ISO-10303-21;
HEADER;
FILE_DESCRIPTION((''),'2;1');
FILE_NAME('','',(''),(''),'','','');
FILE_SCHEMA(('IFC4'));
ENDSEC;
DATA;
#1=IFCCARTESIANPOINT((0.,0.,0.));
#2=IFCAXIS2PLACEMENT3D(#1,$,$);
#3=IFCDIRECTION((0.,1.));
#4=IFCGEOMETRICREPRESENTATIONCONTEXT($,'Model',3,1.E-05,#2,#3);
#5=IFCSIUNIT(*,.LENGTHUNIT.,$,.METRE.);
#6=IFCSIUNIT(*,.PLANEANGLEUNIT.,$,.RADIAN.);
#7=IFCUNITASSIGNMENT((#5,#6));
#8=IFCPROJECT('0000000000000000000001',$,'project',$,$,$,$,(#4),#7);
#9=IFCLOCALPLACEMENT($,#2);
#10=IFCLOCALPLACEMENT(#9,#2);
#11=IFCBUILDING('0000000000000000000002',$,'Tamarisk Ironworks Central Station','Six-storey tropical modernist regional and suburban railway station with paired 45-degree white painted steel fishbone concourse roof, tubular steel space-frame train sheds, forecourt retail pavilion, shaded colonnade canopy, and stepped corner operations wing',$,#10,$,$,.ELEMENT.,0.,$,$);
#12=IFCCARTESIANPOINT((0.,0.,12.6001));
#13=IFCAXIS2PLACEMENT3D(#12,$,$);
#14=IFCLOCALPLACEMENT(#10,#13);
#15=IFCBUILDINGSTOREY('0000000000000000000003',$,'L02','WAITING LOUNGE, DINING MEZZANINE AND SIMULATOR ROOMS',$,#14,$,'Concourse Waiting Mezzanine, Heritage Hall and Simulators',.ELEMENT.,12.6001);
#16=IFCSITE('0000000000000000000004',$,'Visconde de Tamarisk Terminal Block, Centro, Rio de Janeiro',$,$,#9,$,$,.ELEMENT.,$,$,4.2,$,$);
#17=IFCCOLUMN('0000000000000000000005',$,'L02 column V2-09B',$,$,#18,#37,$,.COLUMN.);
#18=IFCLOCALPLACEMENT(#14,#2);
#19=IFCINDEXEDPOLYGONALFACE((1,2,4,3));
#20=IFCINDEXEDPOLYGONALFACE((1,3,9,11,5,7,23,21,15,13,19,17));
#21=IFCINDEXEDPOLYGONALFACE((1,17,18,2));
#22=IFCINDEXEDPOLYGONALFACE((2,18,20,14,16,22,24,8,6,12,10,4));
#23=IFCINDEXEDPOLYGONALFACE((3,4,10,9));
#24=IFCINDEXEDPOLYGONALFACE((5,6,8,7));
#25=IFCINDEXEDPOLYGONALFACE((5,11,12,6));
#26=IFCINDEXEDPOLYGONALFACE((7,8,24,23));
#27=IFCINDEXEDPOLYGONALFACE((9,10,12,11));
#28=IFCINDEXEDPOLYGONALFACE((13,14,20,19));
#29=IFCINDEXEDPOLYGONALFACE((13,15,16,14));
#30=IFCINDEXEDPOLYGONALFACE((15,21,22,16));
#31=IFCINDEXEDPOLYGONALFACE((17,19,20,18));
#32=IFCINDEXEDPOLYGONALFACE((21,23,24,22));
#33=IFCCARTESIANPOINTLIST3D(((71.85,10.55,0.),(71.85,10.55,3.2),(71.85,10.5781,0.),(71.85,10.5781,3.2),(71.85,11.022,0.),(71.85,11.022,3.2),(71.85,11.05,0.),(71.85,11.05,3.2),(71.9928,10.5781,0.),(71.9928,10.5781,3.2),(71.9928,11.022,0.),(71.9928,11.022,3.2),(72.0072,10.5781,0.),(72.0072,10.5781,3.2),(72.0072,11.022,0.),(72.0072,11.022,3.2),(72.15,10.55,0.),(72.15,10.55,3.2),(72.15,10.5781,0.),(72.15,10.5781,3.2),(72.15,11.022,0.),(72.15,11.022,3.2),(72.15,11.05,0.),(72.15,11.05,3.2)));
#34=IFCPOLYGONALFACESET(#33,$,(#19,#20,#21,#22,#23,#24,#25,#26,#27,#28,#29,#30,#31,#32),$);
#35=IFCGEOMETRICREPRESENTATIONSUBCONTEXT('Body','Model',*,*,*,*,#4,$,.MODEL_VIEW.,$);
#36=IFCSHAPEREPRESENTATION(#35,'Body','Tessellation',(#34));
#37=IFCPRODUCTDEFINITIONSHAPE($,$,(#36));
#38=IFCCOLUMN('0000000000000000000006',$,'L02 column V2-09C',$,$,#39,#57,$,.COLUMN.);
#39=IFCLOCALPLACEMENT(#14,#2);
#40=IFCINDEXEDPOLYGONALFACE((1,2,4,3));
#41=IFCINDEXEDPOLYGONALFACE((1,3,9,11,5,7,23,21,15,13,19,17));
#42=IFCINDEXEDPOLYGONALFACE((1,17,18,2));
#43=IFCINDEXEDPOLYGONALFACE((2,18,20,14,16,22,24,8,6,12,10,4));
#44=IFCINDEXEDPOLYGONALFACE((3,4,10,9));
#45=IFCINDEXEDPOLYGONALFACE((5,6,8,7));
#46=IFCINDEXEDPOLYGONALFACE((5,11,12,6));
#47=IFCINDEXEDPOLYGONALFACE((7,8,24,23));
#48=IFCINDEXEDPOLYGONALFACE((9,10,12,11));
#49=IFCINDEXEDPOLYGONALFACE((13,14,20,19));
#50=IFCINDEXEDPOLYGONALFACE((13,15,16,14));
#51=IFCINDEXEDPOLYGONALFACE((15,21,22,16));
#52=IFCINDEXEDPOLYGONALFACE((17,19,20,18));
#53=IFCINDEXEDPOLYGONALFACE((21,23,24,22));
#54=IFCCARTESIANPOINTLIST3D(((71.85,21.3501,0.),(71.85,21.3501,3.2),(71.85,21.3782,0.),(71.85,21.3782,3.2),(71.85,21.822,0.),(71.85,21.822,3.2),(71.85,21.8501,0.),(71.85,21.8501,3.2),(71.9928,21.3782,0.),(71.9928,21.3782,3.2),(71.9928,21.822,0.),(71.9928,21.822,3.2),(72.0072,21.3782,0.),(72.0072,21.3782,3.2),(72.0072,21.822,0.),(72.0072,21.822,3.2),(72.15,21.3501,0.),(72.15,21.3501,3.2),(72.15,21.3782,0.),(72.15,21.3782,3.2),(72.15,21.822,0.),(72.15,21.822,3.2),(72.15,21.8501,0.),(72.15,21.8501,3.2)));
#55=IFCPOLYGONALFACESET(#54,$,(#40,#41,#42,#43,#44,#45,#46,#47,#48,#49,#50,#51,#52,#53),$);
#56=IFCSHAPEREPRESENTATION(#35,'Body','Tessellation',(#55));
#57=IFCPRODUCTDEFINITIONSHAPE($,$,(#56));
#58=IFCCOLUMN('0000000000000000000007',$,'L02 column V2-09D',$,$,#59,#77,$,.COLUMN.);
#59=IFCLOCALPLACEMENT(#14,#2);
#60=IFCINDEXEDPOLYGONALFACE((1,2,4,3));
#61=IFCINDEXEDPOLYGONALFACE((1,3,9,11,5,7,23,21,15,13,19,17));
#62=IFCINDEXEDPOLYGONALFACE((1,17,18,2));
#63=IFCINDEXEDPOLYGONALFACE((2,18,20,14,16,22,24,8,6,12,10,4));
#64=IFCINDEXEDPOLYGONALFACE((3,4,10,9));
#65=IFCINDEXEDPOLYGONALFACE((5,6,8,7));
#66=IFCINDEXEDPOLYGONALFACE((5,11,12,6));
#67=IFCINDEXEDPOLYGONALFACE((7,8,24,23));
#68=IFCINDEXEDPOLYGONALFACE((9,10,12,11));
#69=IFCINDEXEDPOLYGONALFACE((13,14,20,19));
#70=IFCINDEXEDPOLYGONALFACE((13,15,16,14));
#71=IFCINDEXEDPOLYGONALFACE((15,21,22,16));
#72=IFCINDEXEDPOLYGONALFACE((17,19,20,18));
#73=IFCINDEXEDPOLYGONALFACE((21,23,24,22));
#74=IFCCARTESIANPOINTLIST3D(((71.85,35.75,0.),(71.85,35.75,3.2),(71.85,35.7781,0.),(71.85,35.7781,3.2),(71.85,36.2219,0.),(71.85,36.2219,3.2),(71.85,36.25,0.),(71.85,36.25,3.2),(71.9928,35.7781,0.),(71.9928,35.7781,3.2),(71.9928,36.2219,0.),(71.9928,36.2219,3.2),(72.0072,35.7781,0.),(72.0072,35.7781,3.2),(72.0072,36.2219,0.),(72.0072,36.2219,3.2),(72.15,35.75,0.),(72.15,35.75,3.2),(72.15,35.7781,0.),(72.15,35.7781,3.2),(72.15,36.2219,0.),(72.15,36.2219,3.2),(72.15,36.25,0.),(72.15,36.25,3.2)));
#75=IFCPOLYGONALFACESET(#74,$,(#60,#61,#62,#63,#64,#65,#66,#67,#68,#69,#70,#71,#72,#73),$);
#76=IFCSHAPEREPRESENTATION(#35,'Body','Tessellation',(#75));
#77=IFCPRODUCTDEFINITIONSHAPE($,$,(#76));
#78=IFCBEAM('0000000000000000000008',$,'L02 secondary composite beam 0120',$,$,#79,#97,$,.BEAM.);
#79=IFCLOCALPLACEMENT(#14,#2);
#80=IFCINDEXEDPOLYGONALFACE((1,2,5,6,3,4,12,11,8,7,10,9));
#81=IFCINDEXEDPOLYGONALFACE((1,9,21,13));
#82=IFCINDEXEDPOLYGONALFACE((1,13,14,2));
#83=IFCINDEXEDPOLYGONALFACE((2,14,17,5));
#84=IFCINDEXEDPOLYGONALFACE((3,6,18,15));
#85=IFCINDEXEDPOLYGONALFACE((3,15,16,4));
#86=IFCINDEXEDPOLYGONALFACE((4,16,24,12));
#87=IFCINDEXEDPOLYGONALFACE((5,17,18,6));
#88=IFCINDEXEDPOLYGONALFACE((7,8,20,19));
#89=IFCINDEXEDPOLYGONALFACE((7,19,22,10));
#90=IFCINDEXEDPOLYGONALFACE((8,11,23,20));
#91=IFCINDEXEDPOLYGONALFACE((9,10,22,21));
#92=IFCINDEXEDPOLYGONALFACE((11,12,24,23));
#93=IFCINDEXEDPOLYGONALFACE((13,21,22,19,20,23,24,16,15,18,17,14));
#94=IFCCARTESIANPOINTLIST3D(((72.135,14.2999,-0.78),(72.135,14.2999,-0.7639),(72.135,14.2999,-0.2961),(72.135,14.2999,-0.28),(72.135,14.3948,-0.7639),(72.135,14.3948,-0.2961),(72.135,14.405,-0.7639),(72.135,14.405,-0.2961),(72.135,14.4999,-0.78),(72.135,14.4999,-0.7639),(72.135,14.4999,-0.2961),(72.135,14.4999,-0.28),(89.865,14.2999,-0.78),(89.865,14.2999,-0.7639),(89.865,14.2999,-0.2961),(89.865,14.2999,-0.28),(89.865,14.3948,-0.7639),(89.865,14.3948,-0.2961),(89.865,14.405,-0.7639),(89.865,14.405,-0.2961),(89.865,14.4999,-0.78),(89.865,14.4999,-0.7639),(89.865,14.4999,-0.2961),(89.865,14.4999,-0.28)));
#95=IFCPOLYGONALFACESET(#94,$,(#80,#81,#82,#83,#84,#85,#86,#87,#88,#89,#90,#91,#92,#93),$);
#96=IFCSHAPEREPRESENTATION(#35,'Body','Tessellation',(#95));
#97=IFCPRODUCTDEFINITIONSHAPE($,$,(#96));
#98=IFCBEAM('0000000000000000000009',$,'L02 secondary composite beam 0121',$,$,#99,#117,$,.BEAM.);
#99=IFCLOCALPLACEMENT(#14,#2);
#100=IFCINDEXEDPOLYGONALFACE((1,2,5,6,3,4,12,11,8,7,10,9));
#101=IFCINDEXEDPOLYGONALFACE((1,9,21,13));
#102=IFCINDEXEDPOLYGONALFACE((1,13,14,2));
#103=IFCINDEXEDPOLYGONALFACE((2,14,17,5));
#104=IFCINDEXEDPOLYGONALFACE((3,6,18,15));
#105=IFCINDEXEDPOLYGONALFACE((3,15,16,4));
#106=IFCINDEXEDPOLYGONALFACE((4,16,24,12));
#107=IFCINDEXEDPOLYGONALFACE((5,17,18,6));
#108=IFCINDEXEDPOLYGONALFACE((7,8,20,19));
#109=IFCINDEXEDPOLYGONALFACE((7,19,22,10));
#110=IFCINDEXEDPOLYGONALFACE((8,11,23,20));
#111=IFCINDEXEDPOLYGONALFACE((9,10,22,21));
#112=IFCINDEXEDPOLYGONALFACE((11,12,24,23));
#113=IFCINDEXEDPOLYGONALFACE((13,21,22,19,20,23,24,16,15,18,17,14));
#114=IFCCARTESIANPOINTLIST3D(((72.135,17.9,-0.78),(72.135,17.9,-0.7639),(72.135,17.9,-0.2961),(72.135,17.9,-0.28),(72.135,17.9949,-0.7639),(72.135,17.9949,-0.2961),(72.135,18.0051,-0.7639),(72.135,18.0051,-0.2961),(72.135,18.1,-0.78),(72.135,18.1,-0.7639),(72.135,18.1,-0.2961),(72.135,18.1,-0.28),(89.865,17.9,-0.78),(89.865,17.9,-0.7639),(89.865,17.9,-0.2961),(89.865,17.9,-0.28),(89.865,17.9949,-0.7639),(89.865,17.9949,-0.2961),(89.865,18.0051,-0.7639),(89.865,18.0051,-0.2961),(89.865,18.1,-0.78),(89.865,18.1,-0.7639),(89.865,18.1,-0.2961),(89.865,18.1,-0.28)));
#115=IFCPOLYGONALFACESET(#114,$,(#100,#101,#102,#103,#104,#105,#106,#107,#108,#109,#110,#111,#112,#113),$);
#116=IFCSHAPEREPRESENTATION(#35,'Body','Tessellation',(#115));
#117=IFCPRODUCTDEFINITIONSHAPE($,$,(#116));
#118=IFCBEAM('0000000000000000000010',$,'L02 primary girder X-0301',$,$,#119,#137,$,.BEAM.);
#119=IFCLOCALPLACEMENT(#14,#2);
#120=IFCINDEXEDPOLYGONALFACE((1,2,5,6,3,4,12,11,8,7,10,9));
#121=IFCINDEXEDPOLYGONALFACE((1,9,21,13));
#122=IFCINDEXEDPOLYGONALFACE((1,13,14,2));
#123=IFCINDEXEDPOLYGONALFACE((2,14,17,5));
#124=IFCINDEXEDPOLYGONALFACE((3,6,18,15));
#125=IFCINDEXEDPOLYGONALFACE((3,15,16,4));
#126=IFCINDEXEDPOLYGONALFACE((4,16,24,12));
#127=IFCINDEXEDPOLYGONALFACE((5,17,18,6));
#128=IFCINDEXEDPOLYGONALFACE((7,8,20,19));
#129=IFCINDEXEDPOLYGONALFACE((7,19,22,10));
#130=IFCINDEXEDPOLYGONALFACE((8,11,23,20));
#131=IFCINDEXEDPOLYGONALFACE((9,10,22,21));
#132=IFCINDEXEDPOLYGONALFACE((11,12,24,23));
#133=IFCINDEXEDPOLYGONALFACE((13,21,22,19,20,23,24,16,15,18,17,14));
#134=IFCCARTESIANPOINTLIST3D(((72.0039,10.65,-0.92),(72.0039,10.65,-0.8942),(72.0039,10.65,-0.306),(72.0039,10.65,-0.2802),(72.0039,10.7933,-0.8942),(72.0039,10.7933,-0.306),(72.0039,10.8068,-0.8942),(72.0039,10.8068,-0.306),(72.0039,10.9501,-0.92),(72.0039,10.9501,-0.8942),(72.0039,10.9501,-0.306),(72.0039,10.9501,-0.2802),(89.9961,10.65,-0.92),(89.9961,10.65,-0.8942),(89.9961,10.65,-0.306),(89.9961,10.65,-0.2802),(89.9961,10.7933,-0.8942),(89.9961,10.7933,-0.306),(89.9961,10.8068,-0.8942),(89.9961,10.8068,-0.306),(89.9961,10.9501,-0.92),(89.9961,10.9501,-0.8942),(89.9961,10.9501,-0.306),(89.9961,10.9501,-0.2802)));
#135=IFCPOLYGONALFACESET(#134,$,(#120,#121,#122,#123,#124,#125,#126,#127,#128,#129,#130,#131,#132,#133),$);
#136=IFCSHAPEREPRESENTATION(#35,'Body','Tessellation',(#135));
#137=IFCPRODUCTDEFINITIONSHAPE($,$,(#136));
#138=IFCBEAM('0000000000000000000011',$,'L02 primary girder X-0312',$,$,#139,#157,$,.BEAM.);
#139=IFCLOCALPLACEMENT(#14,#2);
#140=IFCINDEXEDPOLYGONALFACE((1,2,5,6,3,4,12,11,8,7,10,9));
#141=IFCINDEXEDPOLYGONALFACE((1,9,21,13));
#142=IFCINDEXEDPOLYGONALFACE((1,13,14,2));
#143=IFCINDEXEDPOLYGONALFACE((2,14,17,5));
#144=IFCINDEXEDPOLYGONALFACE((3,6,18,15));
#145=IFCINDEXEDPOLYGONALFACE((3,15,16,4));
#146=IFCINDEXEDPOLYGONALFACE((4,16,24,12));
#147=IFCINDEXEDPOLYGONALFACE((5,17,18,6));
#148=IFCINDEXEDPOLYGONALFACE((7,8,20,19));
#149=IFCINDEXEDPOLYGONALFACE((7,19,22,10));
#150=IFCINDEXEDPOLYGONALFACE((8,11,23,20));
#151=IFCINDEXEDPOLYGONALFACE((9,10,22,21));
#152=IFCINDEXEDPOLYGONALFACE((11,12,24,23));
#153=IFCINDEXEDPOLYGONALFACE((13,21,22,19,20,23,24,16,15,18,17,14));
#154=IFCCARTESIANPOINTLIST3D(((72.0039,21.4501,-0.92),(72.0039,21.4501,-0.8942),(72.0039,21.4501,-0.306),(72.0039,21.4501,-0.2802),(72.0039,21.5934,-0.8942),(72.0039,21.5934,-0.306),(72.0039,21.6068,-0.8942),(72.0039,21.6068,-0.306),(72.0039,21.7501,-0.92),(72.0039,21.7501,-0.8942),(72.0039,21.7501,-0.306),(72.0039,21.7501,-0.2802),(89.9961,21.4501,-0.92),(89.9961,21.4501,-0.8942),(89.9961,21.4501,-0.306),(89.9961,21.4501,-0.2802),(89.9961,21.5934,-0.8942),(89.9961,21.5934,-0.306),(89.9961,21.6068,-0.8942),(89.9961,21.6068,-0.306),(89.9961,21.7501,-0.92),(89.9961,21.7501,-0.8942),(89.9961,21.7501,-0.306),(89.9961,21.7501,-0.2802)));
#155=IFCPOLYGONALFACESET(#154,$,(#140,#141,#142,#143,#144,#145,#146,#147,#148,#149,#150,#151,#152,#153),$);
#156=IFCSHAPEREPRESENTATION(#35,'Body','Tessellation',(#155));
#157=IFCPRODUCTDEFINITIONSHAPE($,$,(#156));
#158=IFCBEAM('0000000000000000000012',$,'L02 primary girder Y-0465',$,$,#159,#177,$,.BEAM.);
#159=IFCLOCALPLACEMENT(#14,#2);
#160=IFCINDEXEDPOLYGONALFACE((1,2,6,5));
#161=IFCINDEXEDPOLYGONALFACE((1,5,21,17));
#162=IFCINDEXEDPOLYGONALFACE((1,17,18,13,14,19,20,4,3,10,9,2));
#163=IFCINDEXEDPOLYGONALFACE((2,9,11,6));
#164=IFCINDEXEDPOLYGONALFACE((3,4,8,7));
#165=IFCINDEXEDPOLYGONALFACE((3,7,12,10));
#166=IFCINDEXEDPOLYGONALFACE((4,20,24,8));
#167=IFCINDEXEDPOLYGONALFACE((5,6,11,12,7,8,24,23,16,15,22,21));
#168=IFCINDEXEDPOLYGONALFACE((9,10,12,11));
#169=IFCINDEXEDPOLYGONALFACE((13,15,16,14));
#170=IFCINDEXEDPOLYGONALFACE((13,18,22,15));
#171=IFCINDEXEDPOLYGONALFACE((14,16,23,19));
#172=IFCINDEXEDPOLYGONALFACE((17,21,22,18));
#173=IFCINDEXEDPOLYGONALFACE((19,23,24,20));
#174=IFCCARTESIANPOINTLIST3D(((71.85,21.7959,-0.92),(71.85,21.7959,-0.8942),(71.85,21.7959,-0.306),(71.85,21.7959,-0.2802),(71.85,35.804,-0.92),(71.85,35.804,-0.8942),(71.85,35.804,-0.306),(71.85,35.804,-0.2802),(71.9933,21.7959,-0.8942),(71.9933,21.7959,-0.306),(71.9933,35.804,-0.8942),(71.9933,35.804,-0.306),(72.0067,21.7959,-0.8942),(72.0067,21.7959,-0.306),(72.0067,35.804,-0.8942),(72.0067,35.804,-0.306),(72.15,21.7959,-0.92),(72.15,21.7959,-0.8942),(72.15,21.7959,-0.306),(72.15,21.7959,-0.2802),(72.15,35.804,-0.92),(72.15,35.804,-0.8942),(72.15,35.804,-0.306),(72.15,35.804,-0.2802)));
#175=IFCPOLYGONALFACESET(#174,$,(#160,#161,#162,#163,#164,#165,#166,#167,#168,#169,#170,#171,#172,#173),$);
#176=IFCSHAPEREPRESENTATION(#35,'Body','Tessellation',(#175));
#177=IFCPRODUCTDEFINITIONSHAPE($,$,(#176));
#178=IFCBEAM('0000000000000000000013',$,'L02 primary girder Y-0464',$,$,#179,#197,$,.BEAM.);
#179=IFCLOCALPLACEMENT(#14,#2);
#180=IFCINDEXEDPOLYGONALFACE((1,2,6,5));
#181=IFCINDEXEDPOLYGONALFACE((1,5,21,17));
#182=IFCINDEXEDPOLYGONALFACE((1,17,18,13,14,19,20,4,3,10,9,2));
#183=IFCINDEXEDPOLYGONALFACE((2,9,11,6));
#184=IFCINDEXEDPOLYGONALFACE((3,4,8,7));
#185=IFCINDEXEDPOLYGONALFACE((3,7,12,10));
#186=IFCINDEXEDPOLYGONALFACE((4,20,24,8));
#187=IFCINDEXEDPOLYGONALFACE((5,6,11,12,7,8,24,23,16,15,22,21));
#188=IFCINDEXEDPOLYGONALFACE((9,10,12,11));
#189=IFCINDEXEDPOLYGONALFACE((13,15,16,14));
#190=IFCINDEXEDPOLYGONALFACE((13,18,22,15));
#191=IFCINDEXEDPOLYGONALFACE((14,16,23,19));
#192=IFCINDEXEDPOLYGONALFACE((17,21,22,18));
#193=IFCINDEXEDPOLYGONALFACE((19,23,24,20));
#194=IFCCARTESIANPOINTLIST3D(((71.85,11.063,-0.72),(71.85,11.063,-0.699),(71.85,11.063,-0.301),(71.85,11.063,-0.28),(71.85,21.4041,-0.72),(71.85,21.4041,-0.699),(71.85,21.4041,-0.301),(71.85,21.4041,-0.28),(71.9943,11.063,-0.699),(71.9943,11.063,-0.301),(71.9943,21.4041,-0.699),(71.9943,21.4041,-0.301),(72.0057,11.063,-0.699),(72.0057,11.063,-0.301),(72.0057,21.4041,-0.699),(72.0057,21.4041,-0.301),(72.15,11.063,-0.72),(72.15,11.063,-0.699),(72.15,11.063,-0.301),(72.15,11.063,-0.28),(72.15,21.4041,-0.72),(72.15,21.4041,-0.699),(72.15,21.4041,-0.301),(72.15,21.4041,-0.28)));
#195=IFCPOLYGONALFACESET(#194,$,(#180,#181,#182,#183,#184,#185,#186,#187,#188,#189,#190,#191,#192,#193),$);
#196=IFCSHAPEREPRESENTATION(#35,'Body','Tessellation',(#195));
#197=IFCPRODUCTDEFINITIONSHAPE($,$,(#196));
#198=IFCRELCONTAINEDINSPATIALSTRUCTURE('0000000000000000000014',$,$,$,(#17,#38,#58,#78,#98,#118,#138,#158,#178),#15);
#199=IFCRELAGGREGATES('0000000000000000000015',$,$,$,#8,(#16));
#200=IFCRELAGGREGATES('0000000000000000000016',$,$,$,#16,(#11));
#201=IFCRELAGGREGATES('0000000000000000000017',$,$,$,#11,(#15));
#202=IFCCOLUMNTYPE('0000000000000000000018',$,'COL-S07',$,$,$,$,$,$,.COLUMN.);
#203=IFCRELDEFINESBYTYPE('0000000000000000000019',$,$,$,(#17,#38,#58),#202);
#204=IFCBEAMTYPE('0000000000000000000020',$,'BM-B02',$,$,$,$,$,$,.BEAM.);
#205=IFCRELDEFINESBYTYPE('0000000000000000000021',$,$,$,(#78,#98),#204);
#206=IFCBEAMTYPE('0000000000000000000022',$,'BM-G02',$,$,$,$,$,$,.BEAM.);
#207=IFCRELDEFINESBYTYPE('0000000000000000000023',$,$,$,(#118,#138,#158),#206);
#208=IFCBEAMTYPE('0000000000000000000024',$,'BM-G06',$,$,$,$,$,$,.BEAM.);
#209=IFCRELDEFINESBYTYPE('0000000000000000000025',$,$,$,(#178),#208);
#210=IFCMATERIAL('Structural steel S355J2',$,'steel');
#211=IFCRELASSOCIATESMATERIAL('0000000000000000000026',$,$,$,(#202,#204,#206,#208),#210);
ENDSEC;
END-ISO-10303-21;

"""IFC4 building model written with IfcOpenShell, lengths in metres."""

from ifc_helpers import new_model, si_unit, direction, frame, origin, origin_2d, place, context, subcontext, project, spatial, i_section, extrude, material, material_profile, profile_set, type_object, element, save


model = new_model("IFC4")

# Units and contexts
model_context = context("Model", 3, precision=1e-05, world=origin(), true_north=direction((0.0, 1.0)))
body_context = subcontext(model_context, "Body", "Model", "MODEL_VIEW")
ifc_project = project(units=[si_unit("LENGTHUNIT", "METRE"), si_unit("PLANEANGLEUNIT", "RADIAN")], contexts=[model_context])

# Site, building, storey
site_placement = place(None, origin())
site = spatial("IfcSite", under=ifc_project, at=site_placement, Name="Visconde de Tamarisk Terminal Block, Centro, Rio de Janeiro", CompositionType="ELEMENT", RefElevation=4.2)
building_placement = place(site_placement, origin())
building = spatial("IfcBuilding", under=site, at=building_placement, Name="Tamarisk Ironworks Central Station", Description="Six-storey tropical modernist regional and suburban railway station with paired 45-degree white painted steel fishbone concourse roof, tubular steel space-frame train sheds, forecourt retail pavilion, shaded colonnade canopy, and stepped corner operations wing", CompositionType="ELEMENT", ElevationOfRefHeight=0.0)
storey_placement = place(building_placement, frame((0.0, 0.0, 12.6001)))
storey = spatial("IfcBuildingStorey", under=building, at=storey_placement, Name="L02", Description="WAITING LOUNGE, DINING MEZZANINE AND SIMULATOR ROOMS", LongName="Concourse Waiting Mezzanine, Heritage Hall and Simulators", CompositionType="ELEMENT", Elevation=12.6001)

# Columns
ifc_material_1 = material(Name="Structural steel S355J2", Category="steel")
ifc_material_profile_1 = material_profile(ifc_material_1, i_section(OverallWidth=0.3, OverallDepth=0.5, WebThickness=0.0144, FlangeThickness=0.0281, at=origin_2d()), Name="HEB 500")
ifc_profile_set_1 = profile_set([ifc_material_profile_1], Name="Structural steel S355J2")
column_type = type_object("IfcColumnType", Name="COL-S07", PredefinedType="COLUMN", material=ifc_profile_set_1)
for number, where, z_axis, x_axis, name in (
    (1, (72.0, 10.8, 0.0), (0.0, 0.0, 1.0), (1.0, 0.0, 0.0), "L02 column V2-09B"),
    (2, (72.0, 21.6001, 0.0), (0.0, 0.0, 1.0), (1.0, 0.0, 0.0), "L02 column V2-09C"),
    (3, (72.0, 36.0, 0.0), (0.0, 0.0, 1.0), (1.0, 0.0, 0.0), "L02 column V2-09D"),
):
    element("IfcColumn", number, at=place(storey_placement, frame(where, z_axis=z_axis, x_axis=x_axis)), inside=storey, type_object=column_type, Name=name, PredefinedType="COLUMN", context=body_context, shape_type="SweptSolid", body=[
        extrude(i_section(OverallWidth=0.3, OverallDepth=0.5, WebThickness=0.0144, FlangeThickness=0.0281, at=origin_2d()), origin(), (0.0, 0.0, 1.0), 3.2),
    ])

# Beams
ifc_material_profile_2 = material_profile(ifc_material_1, i_section(OverallWidth=0.2, OverallDepth=0.5, WebThickness=0.0103, FlangeThickness=0.0161, at=origin_2d()), Name="IPE 500")
ifc_profile_set_2 = profile_set([ifc_material_profile_2], Name="Structural steel S355J2")
beam_type_1 = type_object("IfcBeamType", Name="BM-B02", PredefinedType="BEAM", material=ifc_profile_set_2)
for number, where, z_axis, x_axis, name in (
    (4, (72.135, 14.3999, -0.53), (1.0, 0.0, 0.0), (0.0, 1.0, 0.0), "L02 secondary composite beam 0120"),
    (5, (72.135, 18.0, -0.53), (1.0, 0.0, 0.0), (0.0, 1.0, 0.0), "L02 secondary composite beam 0121"),
):
    element("IfcBeam", number, at=place(storey_placement, frame(where, z_axis=z_axis, x_axis=x_axis)), inside=storey, type_object=beam_type_1, Name=name, PredefinedType="BEAM", context=body_context, shape_type="SweptSolid", body=[
        extrude(i_section(OverallWidth=0.2, OverallDepth=0.5, WebThickness=0.0103, FlangeThickness=0.0161, at=origin_2d()), origin(), (0.0, 0.0, 1.0), 17.73),
    ])
ifc_material_profile_3 = material_profile(ifc_material_1, i_section(OverallWidth=0.3, OverallDepth=0.6399, WebThickness=0.0134, FlangeThickness=0.0259, at=origin_2d()), Name="HEA 650")
ifc_profile_set_3 = profile_set([ifc_material_profile_3], Name="Structural steel S355J2")
beam_type_2 = type_object("IfcBeamType", Name="BM-G02", PredefinedType="BEAM", material=ifc_profile_set_3)
for number, where, z_axis, x_axis, name in (
    (6, (72.0039, 10.8, -0.6001), (1.0, 0.0, 0.0), (0.0, 1.0, 0.0), "L02 primary girder X-0301"),
    (7, (72.0039, 21.6001, -0.6001), (1.0, 0.0, 0.0), (0.0, 1.0, 0.0), "L02 primary girder X-0312"),
):
    element("IfcBeam", number, at=place(storey_placement, frame(where, z_axis=z_axis, x_axis=x_axis)), inside=storey, type_object=beam_type_2, Name=name, PredefinedType="BEAM", context=body_context, shape_type="SweptSolid", body=[
        extrude(i_section(OverallWidth=0.3, OverallDepth=0.6399, WebThickness=0.0134, FlangeThickness=0.0259, at=origin_2d()), origin(), (0.0, 0.0, 1.0), 17.9922),
    ])
beam_1_placement = place(storey_placement, frame((72.0, 21.7959, -0.6001), z_axis=(0.0, 1.0, 0.0), x_axis=(-1.0, 0.0, 0.0)))
element("IfcBeam", 8, at=beam_1_placement, inside=storey, type_object=beam_type_2, Name="L02 primary girder Y-0465", PredefinedType="BEAM", context=body_context, shape_type="SweptSolid", body=[
    extrude(i_section(OverallWidth=0.3, OverallDepth=0.6399, WebThickness=0.0134, FlangeThickness=0.0259, at=origin_2d()), origin(), (0.0, 0.0, 1.0), 14.0081),
])
ifc_material_profile_4 = material_profile(ifc_material_1, i_section(OverallWidth=0.3, OverallDepth=0.4399, WebThickness=0.0115, FlangeThickness=0.021, at=origin_2d()), Name="HEA 450")
ifc_profile_set_4 = profile_set([ifc_material_profile_4], Name="Structural steel S355J2")
beam_type_3 = type_object("IfcBeamType", Name="BM-G06", PredefinedType="BEAM", material=ifc_profile_set_4)
beam_2_placement = place(storey_placement, frame((72.0, 11.063, -0.5), z_axis=(0.0, 1.0, 0.0), x_axis=(-1.0, 0.0, 0.0)))
element("IfcBeam", 9, at=beam_2_placement, inside=storey, type_object=beam_type_3, Name="L02 primary girder Y-0464", PredefinedType="BEAM", context=body_context, shape_type="SweptSolid", body=[
    extrude(i_section(OverallWidth=0.3, OverallDepth=0.4399, WebThickness=0.0115, FlangeThickness=0.021, at=origin_2d()), origin(), (0.0, 0.0, 1.0), 10.3411),
])

save(model, "model.ifc")
